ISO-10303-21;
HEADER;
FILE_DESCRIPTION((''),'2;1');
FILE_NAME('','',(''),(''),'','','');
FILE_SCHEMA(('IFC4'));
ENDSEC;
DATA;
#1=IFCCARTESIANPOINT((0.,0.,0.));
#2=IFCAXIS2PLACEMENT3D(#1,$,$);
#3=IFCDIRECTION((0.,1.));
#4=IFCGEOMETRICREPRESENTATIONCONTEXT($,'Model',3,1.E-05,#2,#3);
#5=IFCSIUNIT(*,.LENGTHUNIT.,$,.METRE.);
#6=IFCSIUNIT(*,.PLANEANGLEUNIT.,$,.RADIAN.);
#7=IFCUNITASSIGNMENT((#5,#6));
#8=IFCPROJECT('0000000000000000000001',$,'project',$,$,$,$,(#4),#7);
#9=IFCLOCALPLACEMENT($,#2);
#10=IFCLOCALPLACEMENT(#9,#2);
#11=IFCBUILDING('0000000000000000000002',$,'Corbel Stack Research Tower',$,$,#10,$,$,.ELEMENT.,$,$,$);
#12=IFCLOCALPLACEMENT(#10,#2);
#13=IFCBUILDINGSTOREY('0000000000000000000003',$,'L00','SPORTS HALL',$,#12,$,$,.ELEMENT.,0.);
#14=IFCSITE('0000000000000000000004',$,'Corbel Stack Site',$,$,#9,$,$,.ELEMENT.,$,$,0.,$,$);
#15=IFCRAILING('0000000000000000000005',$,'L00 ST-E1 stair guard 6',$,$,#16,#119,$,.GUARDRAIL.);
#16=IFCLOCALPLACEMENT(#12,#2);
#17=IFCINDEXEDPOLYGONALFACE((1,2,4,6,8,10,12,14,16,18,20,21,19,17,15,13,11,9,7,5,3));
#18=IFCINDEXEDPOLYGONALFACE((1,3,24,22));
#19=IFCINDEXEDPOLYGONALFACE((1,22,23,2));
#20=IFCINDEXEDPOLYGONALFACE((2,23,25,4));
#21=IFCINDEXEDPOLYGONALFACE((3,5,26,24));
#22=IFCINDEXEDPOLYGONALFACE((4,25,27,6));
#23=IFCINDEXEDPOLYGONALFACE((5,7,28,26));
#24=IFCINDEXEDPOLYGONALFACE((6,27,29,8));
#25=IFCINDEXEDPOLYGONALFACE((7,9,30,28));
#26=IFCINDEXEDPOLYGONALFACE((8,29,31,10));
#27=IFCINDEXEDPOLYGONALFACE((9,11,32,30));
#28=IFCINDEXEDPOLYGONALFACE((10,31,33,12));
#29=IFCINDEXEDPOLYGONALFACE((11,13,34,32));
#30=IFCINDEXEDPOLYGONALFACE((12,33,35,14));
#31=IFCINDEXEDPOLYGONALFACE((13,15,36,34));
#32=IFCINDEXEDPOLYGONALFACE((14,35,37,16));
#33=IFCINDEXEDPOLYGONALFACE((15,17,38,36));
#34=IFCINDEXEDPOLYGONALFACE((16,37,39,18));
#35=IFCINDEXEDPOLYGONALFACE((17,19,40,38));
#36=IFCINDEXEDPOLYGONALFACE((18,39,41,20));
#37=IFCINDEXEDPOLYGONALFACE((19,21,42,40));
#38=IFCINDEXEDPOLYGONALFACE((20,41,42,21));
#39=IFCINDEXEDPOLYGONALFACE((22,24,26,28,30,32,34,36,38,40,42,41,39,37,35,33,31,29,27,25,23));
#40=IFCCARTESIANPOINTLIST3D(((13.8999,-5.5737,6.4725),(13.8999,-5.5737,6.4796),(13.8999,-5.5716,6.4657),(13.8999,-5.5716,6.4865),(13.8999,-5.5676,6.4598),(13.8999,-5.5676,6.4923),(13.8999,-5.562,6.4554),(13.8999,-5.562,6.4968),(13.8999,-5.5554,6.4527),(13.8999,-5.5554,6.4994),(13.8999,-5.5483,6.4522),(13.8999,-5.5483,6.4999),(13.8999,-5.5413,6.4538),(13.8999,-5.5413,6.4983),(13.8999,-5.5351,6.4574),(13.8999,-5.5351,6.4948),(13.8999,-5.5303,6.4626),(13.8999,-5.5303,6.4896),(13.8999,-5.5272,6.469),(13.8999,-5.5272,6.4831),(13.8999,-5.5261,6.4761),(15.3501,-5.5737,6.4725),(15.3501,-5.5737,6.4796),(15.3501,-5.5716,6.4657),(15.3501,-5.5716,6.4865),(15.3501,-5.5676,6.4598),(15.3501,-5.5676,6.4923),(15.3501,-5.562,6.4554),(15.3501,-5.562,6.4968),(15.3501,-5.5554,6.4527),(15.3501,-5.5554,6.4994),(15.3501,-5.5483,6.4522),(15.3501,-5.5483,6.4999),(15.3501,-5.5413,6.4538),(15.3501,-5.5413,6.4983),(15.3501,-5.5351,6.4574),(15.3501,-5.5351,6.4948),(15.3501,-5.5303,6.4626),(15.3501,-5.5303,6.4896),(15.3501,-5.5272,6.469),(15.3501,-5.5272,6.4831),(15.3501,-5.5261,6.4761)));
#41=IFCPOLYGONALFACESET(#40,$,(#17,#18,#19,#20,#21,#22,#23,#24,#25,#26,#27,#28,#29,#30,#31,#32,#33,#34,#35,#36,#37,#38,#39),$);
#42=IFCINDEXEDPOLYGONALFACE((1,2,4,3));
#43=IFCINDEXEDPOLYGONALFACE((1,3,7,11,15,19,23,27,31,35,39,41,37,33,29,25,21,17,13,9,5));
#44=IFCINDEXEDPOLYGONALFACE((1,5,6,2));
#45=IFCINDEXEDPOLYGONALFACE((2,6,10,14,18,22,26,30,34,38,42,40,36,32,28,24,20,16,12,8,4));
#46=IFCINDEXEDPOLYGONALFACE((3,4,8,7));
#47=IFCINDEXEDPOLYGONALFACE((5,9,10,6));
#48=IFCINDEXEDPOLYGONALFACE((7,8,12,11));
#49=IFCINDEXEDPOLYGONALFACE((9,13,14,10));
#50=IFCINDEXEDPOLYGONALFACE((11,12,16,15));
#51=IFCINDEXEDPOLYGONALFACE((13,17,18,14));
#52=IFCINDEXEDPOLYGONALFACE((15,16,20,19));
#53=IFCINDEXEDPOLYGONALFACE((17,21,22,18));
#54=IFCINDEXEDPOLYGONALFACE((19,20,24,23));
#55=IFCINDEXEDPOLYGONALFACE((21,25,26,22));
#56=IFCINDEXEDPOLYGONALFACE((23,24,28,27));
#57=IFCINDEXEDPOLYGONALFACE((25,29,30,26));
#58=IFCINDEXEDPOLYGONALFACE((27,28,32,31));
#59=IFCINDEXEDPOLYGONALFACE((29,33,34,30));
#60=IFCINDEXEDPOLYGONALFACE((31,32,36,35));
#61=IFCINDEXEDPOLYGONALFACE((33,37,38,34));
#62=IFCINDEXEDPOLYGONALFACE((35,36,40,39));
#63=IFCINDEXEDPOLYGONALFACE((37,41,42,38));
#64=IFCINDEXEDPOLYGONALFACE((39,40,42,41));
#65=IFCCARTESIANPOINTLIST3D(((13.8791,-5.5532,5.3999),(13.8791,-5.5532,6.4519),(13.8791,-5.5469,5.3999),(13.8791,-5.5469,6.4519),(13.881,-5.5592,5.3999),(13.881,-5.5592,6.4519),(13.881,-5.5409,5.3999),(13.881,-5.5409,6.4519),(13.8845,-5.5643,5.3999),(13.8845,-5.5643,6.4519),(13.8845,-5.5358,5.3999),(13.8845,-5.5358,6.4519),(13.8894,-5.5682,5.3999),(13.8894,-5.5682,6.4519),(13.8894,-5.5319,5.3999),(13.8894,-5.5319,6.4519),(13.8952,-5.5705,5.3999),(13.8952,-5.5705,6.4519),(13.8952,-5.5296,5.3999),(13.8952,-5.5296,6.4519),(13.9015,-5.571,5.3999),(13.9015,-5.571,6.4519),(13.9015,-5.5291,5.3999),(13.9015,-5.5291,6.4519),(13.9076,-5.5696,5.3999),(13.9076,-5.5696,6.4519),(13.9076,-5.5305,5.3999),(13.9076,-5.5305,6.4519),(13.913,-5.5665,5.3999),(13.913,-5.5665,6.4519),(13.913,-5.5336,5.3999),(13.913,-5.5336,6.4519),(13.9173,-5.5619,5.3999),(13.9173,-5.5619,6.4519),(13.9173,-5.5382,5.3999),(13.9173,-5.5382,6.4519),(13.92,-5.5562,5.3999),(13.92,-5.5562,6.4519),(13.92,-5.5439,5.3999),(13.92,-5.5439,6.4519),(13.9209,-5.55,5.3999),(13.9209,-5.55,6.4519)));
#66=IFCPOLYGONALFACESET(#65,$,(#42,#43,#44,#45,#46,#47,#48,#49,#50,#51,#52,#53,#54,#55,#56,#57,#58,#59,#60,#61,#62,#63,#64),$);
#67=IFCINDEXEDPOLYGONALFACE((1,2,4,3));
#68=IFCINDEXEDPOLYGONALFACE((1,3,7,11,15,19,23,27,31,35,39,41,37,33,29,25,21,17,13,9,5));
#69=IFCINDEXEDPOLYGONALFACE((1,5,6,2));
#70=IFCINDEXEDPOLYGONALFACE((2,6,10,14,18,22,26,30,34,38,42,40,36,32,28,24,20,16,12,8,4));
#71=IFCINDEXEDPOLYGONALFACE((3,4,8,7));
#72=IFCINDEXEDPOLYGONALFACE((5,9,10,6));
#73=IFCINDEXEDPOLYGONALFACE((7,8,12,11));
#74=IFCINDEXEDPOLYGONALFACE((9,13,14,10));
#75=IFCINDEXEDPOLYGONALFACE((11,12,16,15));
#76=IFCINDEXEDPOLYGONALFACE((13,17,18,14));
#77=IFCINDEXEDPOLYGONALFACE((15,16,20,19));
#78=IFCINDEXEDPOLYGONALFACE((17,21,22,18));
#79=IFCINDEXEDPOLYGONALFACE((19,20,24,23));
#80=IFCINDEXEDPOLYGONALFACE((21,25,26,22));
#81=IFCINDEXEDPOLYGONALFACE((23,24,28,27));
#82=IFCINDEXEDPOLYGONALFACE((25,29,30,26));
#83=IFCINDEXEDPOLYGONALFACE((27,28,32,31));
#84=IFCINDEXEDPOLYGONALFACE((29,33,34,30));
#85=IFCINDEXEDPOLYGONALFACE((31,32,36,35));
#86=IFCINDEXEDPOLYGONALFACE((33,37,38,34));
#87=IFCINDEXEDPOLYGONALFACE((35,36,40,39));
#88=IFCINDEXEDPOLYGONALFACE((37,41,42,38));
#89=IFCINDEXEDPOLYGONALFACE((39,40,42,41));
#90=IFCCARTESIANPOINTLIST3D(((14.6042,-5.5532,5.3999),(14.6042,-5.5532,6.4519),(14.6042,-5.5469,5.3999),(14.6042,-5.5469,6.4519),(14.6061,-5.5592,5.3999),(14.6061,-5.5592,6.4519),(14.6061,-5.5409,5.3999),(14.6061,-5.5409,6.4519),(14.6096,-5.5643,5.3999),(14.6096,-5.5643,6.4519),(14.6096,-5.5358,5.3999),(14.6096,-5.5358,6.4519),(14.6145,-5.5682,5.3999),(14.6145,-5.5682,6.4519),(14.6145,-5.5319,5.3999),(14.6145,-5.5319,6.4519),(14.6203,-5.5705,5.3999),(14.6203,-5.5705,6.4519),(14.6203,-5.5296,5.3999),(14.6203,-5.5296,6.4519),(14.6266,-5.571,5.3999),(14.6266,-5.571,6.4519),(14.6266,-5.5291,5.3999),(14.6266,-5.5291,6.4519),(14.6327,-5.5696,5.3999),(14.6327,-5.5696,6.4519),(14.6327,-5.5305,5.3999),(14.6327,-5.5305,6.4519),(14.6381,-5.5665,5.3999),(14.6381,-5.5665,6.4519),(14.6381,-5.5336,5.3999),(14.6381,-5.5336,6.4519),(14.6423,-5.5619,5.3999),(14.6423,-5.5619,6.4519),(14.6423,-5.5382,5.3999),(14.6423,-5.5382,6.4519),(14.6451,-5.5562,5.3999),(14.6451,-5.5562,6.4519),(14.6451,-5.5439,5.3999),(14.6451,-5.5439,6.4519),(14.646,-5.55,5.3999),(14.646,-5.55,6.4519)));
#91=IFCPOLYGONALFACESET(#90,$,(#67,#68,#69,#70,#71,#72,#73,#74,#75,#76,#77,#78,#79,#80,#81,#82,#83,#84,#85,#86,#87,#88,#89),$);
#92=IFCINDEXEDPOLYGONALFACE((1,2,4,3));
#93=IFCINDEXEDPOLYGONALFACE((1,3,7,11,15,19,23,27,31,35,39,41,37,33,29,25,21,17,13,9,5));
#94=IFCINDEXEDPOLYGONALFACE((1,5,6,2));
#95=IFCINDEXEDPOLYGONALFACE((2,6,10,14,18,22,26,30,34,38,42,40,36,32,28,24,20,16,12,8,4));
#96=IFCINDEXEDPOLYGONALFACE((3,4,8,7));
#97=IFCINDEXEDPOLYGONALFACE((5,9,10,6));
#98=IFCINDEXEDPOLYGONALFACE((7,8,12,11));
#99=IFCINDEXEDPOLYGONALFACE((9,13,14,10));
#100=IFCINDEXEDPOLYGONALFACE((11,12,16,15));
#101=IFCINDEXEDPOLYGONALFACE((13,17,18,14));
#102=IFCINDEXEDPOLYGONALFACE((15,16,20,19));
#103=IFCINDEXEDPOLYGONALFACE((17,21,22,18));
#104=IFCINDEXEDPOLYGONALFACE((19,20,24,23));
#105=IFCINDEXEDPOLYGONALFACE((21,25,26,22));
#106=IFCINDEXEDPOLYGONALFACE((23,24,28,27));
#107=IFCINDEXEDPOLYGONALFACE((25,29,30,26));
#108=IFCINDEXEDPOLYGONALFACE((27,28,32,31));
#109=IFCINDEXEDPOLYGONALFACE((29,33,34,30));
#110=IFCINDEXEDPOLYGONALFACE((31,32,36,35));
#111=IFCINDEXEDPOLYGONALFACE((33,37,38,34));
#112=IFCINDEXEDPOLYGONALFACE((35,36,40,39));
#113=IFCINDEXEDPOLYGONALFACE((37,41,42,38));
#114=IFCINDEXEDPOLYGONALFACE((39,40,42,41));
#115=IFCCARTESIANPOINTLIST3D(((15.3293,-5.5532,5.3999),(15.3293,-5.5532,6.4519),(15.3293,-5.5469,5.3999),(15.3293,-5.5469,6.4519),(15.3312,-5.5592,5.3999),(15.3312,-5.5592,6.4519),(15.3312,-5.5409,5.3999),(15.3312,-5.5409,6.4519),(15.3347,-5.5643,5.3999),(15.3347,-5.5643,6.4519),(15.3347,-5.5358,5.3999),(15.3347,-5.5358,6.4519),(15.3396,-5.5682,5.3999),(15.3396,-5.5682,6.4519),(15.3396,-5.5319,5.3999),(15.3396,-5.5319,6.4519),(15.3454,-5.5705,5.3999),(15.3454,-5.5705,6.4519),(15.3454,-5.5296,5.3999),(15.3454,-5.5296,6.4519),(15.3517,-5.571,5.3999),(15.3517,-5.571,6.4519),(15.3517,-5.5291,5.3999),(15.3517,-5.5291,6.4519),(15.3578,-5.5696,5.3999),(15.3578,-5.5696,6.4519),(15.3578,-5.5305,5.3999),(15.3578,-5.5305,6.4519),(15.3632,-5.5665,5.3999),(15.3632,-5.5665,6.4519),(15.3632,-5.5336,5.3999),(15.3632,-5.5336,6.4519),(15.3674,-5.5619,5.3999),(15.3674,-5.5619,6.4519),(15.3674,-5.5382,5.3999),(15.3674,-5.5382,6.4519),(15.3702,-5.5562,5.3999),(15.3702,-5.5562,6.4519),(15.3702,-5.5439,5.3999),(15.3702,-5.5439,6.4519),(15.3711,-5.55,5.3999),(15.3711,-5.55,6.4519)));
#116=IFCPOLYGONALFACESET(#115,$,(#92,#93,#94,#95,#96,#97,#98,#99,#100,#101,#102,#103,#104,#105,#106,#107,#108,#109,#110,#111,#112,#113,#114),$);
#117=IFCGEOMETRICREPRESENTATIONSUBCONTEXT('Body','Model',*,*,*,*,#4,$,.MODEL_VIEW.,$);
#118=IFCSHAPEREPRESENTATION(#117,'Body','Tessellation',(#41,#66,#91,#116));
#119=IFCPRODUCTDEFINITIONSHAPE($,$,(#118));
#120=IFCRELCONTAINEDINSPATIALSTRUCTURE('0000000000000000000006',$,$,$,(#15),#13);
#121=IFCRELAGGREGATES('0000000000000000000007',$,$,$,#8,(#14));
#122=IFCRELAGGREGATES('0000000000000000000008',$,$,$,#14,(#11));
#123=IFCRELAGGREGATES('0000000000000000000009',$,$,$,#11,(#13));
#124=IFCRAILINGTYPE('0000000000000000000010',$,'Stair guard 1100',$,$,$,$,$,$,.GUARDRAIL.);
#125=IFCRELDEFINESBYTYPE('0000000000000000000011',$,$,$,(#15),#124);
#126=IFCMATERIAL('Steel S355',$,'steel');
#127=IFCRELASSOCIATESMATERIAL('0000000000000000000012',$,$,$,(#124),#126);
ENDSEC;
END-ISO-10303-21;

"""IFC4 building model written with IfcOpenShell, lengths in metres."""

from ifc_helpers import new_model, si_unit, direction, frame, origin, origin_2d, place, context, subcontext, project, spatial, circle, extrude, material, type_object, element, save


model = new_model("IFC4")

# Units and contexts
model_context = context("Model", 3, precision=1e-05, world=origin(), true_north=direction((0.0, 1.0)))
body_context = subcontext(model_context, "Body", "Model", "MODEL_VIEW")
ifc_project = project(units=[si_unit("LENGTHUNIT", "METRE"), si_unit("PLANEANGLEUNIT", "RADIAN")], contexts=[model_context])

# Site, building, storey
site_placement = place(None, origin())
site = spatial("IfcSite", under=ifc_project, at=site_placement, Name="Corbel Stack Site", CompositionType="ELEMENT", RefElevation=0.0)
building_placement = place(site_placement, origin())
building = spatial("IfcBuilding", under=site, at=building_placement, Name="Corbel Stack Research Tower", CompositionType="ELEMENT")
storey_placement = place(building_placement, origin())
storey = spatial("IfcBuildingStorey", under=building, at=storey_placement, Name="L00", Description="SPORTS HALL", CompositionType="ELEMENT", Elevation=0.0)

# Railing
ifc_material_1 = material(Name="Steel S355", Category="steel")
railing_type_1 = type_object("IfcRailingType", Name="Stair guard 1100", PredefinedType="GUARDRAIL", material=ifc_material_1)
railing_1_placement = place(storey_placement, frame((13.8999, -5.55, 5.3999)))
element("IfcRailing", 1, at=railing_1_placement, inside=storey, type_object=railing_type_1, Name="L00 ST-E1 stair guard 6", PredefinedType="GUARDRAIL", context=body_context, shape_type="SweptSolid", body=[
    extrude(circle(Radius=0.0239, at=origin_2d()), frame((0.0, 0.0, 1.0762), z_axis=(1.0, 0.0, 0.0), x_axis=(0.0, 1.0, 0.0)), (0.0, 0.0, 1.0), 1.4502),
    extrude(circle(Radius=0.021, at=origin_2d()), origin(), (0.0, 0.0, 1.0), 1.052),
    extrude(circle(Radius=0.021, at=origin_2d()), frame((0.7251, 0.0, 0.0)), (0.0, 0.0, 1.0), 1.052),
    extrude(circle(Radius=0.021, at=origin_2d()), frame((1.4502, 0.0, 0.0)), (0.0, 0.0, 1.0), 1.052),
])

save(model, "model.ifc")
